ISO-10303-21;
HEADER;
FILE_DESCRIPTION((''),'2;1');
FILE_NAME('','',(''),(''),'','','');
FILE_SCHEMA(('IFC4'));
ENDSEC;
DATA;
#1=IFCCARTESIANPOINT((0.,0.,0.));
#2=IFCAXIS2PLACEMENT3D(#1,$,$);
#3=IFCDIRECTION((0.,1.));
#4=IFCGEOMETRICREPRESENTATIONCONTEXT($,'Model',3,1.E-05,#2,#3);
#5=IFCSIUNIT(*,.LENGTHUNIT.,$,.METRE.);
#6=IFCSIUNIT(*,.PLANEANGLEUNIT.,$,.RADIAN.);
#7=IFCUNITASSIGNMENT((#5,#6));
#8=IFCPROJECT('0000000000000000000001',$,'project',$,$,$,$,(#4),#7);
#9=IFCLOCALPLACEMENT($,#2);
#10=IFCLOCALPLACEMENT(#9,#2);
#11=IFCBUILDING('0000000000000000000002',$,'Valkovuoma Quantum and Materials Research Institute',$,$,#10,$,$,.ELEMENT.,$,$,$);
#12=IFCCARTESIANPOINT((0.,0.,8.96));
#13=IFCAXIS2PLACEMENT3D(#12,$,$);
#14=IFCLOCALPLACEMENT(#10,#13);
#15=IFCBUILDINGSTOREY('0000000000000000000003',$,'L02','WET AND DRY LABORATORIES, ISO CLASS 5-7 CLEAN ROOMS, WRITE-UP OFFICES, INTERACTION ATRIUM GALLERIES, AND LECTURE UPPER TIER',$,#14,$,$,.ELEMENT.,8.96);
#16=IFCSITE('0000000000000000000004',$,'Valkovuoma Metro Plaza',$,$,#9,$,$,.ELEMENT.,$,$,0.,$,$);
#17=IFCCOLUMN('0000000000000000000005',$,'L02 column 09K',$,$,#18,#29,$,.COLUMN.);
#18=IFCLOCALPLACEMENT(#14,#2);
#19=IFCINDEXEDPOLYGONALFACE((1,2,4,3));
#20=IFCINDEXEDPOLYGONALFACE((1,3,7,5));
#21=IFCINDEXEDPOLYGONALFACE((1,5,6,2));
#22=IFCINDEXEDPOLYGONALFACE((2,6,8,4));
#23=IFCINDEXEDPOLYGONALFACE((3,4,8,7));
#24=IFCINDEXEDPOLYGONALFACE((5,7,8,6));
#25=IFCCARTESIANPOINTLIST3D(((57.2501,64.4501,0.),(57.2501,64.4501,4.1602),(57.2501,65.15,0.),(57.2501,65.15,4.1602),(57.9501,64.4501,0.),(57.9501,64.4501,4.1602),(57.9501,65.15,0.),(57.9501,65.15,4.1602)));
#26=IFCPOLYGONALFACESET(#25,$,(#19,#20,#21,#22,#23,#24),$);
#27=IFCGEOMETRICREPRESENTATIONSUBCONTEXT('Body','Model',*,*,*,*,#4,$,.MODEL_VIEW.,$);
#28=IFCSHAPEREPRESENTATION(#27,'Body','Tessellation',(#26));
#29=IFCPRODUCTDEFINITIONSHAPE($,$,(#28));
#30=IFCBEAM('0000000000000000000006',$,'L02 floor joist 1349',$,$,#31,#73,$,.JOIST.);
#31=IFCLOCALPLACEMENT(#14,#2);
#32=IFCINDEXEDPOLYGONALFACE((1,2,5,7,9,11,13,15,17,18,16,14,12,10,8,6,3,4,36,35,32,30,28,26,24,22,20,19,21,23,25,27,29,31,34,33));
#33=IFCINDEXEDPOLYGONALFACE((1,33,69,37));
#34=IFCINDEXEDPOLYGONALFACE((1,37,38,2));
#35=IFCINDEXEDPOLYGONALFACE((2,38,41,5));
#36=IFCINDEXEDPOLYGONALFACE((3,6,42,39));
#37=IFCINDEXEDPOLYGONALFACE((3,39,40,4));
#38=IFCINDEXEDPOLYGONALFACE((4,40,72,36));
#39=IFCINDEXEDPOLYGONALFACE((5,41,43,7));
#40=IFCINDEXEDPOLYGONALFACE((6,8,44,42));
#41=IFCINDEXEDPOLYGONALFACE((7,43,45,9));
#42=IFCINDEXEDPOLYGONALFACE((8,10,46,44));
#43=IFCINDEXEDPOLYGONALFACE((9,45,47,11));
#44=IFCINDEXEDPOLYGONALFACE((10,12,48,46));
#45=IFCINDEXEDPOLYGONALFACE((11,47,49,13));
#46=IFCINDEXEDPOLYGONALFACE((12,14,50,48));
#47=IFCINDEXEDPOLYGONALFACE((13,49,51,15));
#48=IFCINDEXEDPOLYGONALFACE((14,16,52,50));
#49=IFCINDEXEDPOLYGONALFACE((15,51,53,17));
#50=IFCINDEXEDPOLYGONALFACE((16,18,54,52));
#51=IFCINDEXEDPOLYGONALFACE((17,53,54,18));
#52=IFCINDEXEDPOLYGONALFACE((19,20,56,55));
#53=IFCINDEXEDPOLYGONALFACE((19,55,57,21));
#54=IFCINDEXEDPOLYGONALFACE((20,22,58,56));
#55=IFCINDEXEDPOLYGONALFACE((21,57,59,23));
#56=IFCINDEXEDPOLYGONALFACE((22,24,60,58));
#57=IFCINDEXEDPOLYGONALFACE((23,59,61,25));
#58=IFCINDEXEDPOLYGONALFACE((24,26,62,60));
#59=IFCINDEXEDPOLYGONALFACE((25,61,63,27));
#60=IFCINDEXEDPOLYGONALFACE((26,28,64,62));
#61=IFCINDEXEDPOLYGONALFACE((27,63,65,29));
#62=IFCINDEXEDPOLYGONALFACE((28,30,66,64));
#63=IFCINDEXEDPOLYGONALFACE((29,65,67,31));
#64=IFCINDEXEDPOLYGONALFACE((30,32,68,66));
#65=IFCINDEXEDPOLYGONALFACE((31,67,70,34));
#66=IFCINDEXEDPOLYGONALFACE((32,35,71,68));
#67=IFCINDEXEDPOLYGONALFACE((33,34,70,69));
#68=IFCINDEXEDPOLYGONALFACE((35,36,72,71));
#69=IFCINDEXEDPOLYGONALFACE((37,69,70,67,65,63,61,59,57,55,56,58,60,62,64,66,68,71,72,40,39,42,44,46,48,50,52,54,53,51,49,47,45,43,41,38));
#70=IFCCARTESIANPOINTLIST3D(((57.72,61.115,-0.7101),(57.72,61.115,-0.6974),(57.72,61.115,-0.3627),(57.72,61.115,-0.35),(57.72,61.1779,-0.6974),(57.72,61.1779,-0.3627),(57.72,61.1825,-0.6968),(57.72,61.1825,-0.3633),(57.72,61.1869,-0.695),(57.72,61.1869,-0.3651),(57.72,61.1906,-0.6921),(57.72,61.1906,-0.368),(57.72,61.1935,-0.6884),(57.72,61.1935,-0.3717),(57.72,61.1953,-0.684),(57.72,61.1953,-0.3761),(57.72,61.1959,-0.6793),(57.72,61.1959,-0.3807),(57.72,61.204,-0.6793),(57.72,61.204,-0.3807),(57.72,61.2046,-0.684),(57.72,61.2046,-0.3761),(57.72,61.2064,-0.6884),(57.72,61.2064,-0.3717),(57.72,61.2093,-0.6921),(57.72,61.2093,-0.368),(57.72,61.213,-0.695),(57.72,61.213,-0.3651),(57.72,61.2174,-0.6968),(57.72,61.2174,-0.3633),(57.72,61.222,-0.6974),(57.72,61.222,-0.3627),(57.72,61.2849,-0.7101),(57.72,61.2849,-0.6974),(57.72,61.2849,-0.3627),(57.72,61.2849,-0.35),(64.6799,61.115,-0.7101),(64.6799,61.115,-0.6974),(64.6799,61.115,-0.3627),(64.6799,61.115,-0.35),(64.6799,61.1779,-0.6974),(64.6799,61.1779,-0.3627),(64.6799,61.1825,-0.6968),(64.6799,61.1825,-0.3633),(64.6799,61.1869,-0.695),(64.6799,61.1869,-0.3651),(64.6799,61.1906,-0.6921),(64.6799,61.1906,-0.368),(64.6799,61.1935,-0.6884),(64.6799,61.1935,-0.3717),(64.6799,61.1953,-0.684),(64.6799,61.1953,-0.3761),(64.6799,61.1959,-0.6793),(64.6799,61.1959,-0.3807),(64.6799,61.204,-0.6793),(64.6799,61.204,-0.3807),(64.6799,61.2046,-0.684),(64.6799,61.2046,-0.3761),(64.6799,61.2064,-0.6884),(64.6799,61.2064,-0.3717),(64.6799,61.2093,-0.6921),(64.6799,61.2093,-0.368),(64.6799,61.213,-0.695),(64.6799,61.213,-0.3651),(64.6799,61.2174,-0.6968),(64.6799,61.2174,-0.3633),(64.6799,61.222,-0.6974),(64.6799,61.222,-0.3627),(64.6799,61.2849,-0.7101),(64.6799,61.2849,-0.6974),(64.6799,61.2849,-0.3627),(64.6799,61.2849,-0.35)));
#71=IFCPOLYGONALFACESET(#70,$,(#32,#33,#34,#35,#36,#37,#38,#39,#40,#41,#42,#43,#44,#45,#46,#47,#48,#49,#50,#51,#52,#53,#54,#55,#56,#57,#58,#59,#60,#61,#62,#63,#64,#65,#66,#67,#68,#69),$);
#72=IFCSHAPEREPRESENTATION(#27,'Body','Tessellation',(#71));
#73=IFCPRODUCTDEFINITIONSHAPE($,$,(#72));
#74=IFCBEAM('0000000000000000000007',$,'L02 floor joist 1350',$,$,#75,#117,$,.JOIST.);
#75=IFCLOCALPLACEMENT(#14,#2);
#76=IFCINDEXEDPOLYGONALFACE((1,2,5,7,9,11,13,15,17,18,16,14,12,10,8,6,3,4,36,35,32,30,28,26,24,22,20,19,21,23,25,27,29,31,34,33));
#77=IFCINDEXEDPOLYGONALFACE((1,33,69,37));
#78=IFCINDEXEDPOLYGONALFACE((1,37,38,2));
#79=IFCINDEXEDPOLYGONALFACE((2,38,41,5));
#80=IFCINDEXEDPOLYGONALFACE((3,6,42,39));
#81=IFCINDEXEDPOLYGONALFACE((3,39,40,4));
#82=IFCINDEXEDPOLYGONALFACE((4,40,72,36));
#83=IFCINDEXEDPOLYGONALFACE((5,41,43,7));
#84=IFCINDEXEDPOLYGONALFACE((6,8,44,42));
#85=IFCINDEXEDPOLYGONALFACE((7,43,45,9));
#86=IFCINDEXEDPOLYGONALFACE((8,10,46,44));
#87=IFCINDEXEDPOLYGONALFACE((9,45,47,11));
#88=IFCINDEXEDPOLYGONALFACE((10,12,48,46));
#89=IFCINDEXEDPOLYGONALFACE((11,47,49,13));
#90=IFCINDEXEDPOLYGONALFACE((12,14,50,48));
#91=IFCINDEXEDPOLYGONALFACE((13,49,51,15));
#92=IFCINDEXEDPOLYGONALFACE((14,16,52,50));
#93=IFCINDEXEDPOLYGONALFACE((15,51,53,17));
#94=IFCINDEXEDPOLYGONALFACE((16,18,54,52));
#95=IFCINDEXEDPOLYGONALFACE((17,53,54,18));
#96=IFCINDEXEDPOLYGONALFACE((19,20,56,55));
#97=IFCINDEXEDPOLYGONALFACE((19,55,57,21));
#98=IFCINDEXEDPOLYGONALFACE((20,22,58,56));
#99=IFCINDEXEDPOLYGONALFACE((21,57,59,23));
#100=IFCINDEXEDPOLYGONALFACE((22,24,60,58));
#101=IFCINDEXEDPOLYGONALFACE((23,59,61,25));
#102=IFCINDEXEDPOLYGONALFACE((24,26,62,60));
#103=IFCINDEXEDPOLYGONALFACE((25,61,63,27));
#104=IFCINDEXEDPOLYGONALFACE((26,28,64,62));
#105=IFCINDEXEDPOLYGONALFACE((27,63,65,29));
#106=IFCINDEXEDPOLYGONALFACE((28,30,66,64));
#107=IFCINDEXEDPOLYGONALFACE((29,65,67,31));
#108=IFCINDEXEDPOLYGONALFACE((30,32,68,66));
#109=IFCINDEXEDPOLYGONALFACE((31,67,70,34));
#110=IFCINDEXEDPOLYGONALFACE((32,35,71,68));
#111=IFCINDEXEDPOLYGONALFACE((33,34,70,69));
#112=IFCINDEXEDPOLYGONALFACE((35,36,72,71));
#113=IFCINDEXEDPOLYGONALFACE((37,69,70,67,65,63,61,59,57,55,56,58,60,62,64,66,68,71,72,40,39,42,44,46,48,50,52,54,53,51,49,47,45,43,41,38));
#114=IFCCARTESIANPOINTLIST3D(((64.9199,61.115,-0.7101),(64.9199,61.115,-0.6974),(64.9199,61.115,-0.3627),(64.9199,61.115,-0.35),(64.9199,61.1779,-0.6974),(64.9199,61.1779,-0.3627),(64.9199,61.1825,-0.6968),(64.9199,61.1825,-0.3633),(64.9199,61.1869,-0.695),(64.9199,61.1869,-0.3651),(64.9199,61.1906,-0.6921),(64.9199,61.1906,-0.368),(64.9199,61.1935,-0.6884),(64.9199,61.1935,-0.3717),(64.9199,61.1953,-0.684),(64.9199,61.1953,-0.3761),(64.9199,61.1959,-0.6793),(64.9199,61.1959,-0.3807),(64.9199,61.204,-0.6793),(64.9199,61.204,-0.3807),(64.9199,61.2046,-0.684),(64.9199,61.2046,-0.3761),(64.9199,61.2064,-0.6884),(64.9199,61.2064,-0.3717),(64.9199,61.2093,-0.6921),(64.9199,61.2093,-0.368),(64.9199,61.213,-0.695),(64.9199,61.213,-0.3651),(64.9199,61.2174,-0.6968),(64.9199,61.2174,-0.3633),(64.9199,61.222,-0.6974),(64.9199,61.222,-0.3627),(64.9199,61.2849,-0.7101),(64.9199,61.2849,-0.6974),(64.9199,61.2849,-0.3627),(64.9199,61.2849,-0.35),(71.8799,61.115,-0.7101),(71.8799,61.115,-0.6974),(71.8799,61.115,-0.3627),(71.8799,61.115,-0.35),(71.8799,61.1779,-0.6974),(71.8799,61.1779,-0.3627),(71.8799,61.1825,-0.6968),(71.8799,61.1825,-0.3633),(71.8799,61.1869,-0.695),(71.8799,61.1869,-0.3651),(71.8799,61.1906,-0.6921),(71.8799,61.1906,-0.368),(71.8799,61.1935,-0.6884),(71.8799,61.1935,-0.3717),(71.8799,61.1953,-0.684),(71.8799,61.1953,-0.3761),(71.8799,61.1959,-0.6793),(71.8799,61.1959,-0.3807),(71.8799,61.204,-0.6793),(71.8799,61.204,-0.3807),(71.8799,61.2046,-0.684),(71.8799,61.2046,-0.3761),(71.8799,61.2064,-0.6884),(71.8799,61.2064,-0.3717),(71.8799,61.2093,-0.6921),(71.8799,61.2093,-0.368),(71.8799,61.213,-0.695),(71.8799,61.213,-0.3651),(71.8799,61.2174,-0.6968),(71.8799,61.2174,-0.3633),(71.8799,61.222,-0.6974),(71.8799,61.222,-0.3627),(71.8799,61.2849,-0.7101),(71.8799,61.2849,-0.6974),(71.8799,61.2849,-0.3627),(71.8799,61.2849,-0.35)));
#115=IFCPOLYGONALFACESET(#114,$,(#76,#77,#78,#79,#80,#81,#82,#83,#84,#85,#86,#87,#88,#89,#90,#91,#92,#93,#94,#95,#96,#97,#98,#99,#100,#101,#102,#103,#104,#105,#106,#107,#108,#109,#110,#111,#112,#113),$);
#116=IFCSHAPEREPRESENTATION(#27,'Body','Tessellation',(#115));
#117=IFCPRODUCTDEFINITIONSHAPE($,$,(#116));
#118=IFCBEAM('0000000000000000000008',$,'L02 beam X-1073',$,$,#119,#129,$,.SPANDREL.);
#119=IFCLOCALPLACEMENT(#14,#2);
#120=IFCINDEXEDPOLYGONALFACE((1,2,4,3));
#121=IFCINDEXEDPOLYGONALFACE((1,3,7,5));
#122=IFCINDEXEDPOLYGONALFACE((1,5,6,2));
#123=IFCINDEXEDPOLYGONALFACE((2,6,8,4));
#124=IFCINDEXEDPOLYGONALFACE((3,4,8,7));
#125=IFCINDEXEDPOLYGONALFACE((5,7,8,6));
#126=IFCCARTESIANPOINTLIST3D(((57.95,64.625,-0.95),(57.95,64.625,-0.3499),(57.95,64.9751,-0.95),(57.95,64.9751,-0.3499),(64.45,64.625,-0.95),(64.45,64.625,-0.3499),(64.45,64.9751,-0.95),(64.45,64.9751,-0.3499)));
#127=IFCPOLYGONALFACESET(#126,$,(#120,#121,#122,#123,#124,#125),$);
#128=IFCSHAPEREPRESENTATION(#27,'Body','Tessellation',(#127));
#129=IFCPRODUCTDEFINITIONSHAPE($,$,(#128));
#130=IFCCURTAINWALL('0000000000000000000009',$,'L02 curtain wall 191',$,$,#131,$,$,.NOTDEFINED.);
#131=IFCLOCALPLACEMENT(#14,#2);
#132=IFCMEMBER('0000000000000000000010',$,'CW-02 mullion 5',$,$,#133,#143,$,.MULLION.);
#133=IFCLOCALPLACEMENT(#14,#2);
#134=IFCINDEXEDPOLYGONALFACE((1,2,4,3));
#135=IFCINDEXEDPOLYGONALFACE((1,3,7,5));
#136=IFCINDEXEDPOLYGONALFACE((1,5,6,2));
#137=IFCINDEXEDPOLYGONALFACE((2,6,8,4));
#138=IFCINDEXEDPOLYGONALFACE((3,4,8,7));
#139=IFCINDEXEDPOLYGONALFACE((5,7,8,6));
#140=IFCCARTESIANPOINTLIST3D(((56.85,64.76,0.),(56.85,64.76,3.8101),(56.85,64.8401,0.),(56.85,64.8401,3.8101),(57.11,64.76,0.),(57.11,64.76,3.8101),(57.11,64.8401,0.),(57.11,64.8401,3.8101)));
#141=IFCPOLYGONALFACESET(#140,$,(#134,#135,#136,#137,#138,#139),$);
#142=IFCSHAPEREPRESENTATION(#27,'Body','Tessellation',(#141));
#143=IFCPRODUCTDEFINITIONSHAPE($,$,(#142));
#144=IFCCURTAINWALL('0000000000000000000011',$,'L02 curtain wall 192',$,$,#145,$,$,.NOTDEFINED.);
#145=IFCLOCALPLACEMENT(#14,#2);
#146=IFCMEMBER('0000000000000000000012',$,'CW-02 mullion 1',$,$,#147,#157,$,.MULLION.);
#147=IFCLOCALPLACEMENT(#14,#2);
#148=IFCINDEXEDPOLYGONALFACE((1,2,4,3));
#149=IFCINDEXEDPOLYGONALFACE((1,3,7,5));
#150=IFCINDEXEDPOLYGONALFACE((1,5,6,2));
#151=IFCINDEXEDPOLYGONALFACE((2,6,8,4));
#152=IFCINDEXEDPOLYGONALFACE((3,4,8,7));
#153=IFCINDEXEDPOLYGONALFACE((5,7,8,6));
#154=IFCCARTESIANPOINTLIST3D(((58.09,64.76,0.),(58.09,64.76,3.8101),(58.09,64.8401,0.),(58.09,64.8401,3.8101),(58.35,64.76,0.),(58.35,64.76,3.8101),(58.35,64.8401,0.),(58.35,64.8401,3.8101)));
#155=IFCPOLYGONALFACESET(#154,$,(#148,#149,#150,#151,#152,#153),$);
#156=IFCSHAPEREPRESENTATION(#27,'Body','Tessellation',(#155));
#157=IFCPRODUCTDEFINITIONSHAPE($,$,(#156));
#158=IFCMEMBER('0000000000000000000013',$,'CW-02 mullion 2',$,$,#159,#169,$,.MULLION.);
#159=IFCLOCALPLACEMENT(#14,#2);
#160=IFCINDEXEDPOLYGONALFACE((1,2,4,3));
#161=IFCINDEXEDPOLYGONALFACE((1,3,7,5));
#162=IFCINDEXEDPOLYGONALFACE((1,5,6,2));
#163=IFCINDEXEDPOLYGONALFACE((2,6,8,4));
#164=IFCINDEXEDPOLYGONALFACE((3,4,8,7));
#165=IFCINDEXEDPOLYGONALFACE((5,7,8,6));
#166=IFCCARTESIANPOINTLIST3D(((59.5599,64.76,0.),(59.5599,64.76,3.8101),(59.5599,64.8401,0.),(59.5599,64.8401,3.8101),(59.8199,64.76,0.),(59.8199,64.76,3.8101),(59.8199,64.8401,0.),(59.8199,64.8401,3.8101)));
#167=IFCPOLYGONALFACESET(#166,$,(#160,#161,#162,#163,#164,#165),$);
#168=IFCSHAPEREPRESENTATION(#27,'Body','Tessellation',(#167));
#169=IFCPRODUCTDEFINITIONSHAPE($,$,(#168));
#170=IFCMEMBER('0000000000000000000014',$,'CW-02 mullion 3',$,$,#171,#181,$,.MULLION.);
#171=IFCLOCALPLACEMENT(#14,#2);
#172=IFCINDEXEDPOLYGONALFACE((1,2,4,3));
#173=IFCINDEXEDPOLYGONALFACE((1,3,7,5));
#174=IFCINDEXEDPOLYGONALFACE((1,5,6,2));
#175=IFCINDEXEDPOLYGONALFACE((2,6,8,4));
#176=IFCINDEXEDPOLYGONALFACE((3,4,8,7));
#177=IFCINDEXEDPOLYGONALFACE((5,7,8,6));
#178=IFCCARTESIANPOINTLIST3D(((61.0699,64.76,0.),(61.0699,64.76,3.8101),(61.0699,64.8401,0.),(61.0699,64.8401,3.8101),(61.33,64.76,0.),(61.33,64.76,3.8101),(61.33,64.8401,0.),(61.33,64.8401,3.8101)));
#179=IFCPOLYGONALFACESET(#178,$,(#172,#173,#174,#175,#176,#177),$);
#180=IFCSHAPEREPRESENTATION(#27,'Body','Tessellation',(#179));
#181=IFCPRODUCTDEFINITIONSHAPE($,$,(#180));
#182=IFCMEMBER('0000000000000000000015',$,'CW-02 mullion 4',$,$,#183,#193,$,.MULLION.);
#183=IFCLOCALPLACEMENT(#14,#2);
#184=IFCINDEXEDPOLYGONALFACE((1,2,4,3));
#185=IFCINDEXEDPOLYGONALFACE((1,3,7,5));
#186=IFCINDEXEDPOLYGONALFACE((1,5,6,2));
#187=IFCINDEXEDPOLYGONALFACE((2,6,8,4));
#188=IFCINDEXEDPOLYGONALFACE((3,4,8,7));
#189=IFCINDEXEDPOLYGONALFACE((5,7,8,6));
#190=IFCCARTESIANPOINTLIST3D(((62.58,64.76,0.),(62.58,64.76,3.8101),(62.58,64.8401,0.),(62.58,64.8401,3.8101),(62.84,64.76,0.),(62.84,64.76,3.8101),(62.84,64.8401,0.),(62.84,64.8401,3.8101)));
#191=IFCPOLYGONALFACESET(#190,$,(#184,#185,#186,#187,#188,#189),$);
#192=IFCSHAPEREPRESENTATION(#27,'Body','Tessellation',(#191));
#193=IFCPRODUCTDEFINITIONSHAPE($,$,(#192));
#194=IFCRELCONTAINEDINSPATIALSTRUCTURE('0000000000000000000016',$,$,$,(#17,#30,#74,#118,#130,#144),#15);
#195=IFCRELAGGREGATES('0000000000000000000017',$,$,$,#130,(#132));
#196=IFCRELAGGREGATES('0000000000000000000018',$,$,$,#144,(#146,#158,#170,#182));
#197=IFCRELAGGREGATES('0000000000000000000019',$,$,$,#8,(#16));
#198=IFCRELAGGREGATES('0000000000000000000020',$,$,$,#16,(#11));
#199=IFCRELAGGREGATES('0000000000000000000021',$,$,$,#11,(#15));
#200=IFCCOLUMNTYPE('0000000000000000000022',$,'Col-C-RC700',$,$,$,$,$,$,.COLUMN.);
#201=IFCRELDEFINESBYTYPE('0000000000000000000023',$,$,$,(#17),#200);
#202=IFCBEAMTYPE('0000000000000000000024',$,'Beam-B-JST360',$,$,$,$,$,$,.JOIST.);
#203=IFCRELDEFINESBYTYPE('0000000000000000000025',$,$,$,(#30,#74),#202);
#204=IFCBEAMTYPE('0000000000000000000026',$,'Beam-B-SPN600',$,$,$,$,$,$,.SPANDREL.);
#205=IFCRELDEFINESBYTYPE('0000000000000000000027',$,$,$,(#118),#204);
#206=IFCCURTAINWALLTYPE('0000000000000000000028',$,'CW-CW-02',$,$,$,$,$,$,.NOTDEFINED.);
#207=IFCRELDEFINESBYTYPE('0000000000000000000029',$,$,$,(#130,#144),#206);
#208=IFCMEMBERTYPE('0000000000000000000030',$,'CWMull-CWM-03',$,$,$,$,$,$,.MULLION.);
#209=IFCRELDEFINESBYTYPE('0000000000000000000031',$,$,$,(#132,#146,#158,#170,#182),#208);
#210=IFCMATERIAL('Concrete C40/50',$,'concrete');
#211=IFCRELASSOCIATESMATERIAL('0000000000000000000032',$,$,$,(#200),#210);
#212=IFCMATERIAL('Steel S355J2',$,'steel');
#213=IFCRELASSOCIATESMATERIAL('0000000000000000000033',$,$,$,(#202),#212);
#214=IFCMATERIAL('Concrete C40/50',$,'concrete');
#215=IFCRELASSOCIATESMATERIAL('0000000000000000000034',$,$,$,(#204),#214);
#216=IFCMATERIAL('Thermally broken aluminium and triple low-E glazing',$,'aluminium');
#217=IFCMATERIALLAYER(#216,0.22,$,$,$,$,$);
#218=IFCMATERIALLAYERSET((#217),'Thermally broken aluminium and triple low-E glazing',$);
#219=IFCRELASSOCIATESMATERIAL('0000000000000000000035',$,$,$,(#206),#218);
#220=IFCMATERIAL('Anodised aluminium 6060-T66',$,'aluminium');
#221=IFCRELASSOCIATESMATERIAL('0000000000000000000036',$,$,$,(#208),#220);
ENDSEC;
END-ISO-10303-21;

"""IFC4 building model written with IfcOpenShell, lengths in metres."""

from ifc_helpers import new_model, si_unit, direction, frame, origin, origin_2d, place, context, subcontext, project, spatial, rectangle, i_section, extrude, material, layer, layer_set, material_profile, profile_set, type_object, element, aggregate, save


model = new_model("IFC4")

# Units and contexts
model_context = context("Model", 3, precision=1e-05, world=origin(), true_north=direction((0.0, 1.0)))
body_context = subcontext(model_context, "Body", "Model", "MODEL_VIEW")
ifc_project = project(units=[si_unit("LENGTHUNIT", "METRE"), si_unit("PLANEANGLEUNIT", "RADIAN")], contexts=[model_context])

# Site, building, storey
site_placement = place(None, origin())
site = spatial("IfcSite", under=ifc_project, at=site_placement, Name="Valkovuoma Metro Plaza", CompositionType="ELEMENT", RefElevation=0.0)
building_placement = place(site_placement, origin())
building = spatial("IfcBuilding", under=site, at=building_placement, Name="Valkovuoma Quantum and Materials Research Institute", CompositionType="ELEMENT")
storey_placement = place(building_placement, frame((0.0, 0.0, 8.96)))
storey = spatial("IfcBuildingStorey", under=building, at=storey_placement, Name="L02", Description="WET AND DRY LABORATORIES, ISO CLASS 5-7 CLEAN ROOMS, WRITE-UP OFFICES, INTERACTION ATRIUM GALLERIES, AND LECTURE UPPER TIER", CompositionType="ELEMENT", Elevation=8.96)

# Column
ifc_material_1 = material(Name="Concrete C40/50", Category="concrete")
ifc_material_profile_1 = material_profile(ifc_material_1, rectangle(XDim=0.7, YDim=0.7, at=origin_2d()), Name="Concrete C40/50")
ifc_profile_set_1 = profile_set([ifc_material_profile_1], Name="Concrete C40/50")
column_type = type_object("IfcColumnType", Name="Col-C-RC700", PredefinedType="COLUMN", material=ifc_profile_set_1)
column_placement = place(storey_placement, frame((57.6001, 64.8, 0.0), z_axis=(0.0, 0.0, 1.0), x_axis=(1.0, 0.0, 0.0)))
element("IfcColumn", 1, at=column_placement, inside=storey, type_object=column_type, Name="L02 column 09K", PredefinedType="COLUMN", context=body_context, shape_type="SweptSolid", body=[
    extrude(rectangle(XDim=0.7, YDim=0.7, at=origin_2d()), origin(), (0.0, 0.0, 1.0), 4.1602),
])

# Beams
ifc_material_2 = material(Name="Steel S355J2", Category="steel")
ifc_material_profile_2 = material_profile(ifc_material_2, i_section(OverallWidth=0.1699, OverallDepth=0.3601, WebThickness=0.0081, FlangeThickness=0.0127, FilletRadius=0.0181, at=origin_2d()), Name="Steel S355J2")
ifc_profile_set_2 = profile_set([ifc_material_profile_2], Name="Steel S355J2")
beam_type_1 = type_object("IfcBeamType", Name="Beam-B-JST360", PredefinedType="JOIST", material=ifc_profile_set_2)
for number, where, z_axis, x_axis, name in (
    (2, (57.72, 61.2, -0.53), (1.0, 0.0, 0.0), (0.0, 1.0, 0.0), "L02 floor joist 1349"),
    (3, (64.9199, 61.2, -0.53), (1.0, 0.0, 0.0), (0.0, 1.0, 0.0), "L02 floor joist 1350"),
):
    element("IfcBeam", number, at=place(storey_placement, frame(where, z_axis=z_axis, x_axis=x_axis)), inside=storey, type_object=beam_type_1, Name=name, PredefinedType="JOIST", context=body_context, shape_type="SweptSolid", body=[
        extrude(i_section(OverallWidth=0.1699, OverallDepth=0.3601, WebThickness=0.0081, FlangeThickness=0.0127, FilletRadius=0.0181, at=origin_2d()), origin(), (0.0, 0.0, 1.0), 6.96),
    ])
ifc_material_3 = material(Name="Concrete C40/50", Category="concrete")
ifc_material_profile_3 = material_profile(ifc_material_3, rectangle(XDim=0.3501, YDim=0.6001, at=origin_2d()), Name="Concrete C40/50")
ifc_profile_set_3 = profile_set([ifc_material_profile_3], Name="Concrete C40/50")
beam_type_2 = type_object("IfcBeamType", Name="Beam-B-SPN600", PredefinedType="SPANDREL", material=ifc_profile_set_3)
beam_placement = place(storey_placement, frame((57.95, 64.8, -0.6499), z_axis=(1.0, 0.0, 0.0), x_axis=(0.0, 1.0, 0.0)))
element("IfcBeam", 4, at=beam_placement, inside=storey, type_object=beam_type_2, Name="L02 beam X-1073", PredefinedType="SPANDREL", context=body_context, shape_type="SweptSolid", body=[
    extrude(rectangle(XDim=0.3501, YDim=0.6001, at=origin_2d()), origin(), (0.0, 0.0, 1.0), 6.5),
])

# Curtain wall, member
ifc_material_4 = material(Name="Thermally broken aluminium and triple low-E glazing", Category="aluminium")
ifc_layer_1 = layer(ifc_material_4, 0.22)
ifc_layer_set_1 = layer_set([ifc_layer_1], Name="Thermally broken aluminium and triple low-E glazing")
curtain_wall_type = type_object("IfcCurtainWallType", Name="CW-CW-02", PredefinedType="NOTDEFINED", material=ifc_layer_set_1)
curtain_wall_1_placement = place(storey_placement, origin())
curtain_wall_1 = element("IfcCurtainWall", 5, at=curtain_wall_1_placement, inside=storey, type_object=curtain_wall_type, Name="L02 curtain wall 191", PredefinedType="NOTDEFINED")
ifc_material_5 = material(Name="Anodised aluminium 6060-T66", Category="aluminium")
ifc_material_profile_4 = material_profile(ifc_material_5, rectangle(XDim=0.0801, YDim=0.26, at=origin_2d()), Name="Anodised aluminium 6060-T66")
ifc_profile_set_4 = profile_set([ifc_material_profile_4], Name="Anodised aluminium 6060-T66")
member_type_1 = type_object("IfcMemberType", Name="CWMull-CWM-03", PredefinedType="MULLION", material=ifc_profile_set_4)
member_1_placement = place(storey_placement, frame((56.98, 64.8, 0.0), z_axis=(0.0, 0.0, 1.0), x_axis=(0.0, 1.0, 0.0)))
member_1 = element("IfcMember", 6, at=member_1_placement, type_object=member_type_1, Name="CW-02 mullion 5", PredefinedType="MULLION", context=body_context, shape_type="SweptSolid", body=[
    extrude(rectangle(XDim=0.0801, YDim=0.26, at=origin_2d()), origin(), (0.0, 0.0, 1.0), 3.8101),
])

# Curtain wall, members
curtain_wall_2_placement = place(storey_placement, origin())
curtain_wall_2 = element("IfcCurtainWall", 7, at=curtain_wall_2_placement, inside=storey, type_object=curtain_wall_type, Name="L02 curtain wall 192", PredefinedType="NOTDEFINED")
member_2_placement = place(storey_placement, frame((58.22, 64.8, 0.0), z_axis=(0.0, 0.0, 1.0), x_axis=(0.0, 1.0, 0.0)))
member_2 = element("IfcMember", 8, at=member_2_placement, type_object=member_type_1, Name="CW-02 mullion 1", PredefinedType="MULLION", context=body_context, shape_type="SweptSolid", body=[
    extrude(rectangle(XDim=0.0801, YDim=0.26, at=origin_2d()), origin(), (0.0, 0.0, 1.0), 3.8101),
])
member_3_placement = place(storey_placement, frame((59.6899, 64.8, 0.0), z_axis=(0.0, 0.0, 1.0), x_axis=(0.0, 1.0, 0.0)))
member_3 = element("IfcMember", 9, at=member_3_placement, type_object=member_type_1, Name="CW-02 mullion 2", PredefinedType="MULLION", context=body_context, shape_type="SweptSolid", body=[
    extrude(rectangle(XDim=0.0801, YDim=0.26, at=origin_2d()), origin(), (0.0, 0.0, 1.0), 3.8101),
])
member_4_placement = place(storey_placement, frame((61.2, 64.8, 0.0), z_axis=(0.0, 0.0, 1.0), x_axis=(0.0, 1.0, 0.0)))
member_4 = element("IfcMember", 10, at=member_4_placement, type_object=member_type_1, Name="CW-02 mullion 3", PredefinedType="MULLION", context=body_context, shape_type="SweptSolid", body=[
    extrude(rectangle(XDim=0.0801, YDim=0.26, at=origin_2d()), origin(), (0.0, 0.0, 1.0), 3.8101),
])
member_5_placement = place(storey_placement, frame((62.71, 64.8, 0.0), z_axis=(0.0, 0.0, 1.0), x_axis=(0.0, 1.0, 0.0)))
member_5 = element("IfcMember", 11, at=member_5_placement, type_object=member_type_1, Name="CW-02 mullion 4", PredefinedType="MULLION", context=body_context, shape_type="SweptSolid", body=[
    extrude(rectangle(XDim=0.0801, YDim=0.26, at=origin_2d()), origin(), (0.0, 0.0, 1.0), 3.8101),
])

aggregate(curtain_wall_1, [member_1])
aggregate(curtain_wall_2, [member_2, member_3, member_4, member_5])

save(model, "model.ifc")
